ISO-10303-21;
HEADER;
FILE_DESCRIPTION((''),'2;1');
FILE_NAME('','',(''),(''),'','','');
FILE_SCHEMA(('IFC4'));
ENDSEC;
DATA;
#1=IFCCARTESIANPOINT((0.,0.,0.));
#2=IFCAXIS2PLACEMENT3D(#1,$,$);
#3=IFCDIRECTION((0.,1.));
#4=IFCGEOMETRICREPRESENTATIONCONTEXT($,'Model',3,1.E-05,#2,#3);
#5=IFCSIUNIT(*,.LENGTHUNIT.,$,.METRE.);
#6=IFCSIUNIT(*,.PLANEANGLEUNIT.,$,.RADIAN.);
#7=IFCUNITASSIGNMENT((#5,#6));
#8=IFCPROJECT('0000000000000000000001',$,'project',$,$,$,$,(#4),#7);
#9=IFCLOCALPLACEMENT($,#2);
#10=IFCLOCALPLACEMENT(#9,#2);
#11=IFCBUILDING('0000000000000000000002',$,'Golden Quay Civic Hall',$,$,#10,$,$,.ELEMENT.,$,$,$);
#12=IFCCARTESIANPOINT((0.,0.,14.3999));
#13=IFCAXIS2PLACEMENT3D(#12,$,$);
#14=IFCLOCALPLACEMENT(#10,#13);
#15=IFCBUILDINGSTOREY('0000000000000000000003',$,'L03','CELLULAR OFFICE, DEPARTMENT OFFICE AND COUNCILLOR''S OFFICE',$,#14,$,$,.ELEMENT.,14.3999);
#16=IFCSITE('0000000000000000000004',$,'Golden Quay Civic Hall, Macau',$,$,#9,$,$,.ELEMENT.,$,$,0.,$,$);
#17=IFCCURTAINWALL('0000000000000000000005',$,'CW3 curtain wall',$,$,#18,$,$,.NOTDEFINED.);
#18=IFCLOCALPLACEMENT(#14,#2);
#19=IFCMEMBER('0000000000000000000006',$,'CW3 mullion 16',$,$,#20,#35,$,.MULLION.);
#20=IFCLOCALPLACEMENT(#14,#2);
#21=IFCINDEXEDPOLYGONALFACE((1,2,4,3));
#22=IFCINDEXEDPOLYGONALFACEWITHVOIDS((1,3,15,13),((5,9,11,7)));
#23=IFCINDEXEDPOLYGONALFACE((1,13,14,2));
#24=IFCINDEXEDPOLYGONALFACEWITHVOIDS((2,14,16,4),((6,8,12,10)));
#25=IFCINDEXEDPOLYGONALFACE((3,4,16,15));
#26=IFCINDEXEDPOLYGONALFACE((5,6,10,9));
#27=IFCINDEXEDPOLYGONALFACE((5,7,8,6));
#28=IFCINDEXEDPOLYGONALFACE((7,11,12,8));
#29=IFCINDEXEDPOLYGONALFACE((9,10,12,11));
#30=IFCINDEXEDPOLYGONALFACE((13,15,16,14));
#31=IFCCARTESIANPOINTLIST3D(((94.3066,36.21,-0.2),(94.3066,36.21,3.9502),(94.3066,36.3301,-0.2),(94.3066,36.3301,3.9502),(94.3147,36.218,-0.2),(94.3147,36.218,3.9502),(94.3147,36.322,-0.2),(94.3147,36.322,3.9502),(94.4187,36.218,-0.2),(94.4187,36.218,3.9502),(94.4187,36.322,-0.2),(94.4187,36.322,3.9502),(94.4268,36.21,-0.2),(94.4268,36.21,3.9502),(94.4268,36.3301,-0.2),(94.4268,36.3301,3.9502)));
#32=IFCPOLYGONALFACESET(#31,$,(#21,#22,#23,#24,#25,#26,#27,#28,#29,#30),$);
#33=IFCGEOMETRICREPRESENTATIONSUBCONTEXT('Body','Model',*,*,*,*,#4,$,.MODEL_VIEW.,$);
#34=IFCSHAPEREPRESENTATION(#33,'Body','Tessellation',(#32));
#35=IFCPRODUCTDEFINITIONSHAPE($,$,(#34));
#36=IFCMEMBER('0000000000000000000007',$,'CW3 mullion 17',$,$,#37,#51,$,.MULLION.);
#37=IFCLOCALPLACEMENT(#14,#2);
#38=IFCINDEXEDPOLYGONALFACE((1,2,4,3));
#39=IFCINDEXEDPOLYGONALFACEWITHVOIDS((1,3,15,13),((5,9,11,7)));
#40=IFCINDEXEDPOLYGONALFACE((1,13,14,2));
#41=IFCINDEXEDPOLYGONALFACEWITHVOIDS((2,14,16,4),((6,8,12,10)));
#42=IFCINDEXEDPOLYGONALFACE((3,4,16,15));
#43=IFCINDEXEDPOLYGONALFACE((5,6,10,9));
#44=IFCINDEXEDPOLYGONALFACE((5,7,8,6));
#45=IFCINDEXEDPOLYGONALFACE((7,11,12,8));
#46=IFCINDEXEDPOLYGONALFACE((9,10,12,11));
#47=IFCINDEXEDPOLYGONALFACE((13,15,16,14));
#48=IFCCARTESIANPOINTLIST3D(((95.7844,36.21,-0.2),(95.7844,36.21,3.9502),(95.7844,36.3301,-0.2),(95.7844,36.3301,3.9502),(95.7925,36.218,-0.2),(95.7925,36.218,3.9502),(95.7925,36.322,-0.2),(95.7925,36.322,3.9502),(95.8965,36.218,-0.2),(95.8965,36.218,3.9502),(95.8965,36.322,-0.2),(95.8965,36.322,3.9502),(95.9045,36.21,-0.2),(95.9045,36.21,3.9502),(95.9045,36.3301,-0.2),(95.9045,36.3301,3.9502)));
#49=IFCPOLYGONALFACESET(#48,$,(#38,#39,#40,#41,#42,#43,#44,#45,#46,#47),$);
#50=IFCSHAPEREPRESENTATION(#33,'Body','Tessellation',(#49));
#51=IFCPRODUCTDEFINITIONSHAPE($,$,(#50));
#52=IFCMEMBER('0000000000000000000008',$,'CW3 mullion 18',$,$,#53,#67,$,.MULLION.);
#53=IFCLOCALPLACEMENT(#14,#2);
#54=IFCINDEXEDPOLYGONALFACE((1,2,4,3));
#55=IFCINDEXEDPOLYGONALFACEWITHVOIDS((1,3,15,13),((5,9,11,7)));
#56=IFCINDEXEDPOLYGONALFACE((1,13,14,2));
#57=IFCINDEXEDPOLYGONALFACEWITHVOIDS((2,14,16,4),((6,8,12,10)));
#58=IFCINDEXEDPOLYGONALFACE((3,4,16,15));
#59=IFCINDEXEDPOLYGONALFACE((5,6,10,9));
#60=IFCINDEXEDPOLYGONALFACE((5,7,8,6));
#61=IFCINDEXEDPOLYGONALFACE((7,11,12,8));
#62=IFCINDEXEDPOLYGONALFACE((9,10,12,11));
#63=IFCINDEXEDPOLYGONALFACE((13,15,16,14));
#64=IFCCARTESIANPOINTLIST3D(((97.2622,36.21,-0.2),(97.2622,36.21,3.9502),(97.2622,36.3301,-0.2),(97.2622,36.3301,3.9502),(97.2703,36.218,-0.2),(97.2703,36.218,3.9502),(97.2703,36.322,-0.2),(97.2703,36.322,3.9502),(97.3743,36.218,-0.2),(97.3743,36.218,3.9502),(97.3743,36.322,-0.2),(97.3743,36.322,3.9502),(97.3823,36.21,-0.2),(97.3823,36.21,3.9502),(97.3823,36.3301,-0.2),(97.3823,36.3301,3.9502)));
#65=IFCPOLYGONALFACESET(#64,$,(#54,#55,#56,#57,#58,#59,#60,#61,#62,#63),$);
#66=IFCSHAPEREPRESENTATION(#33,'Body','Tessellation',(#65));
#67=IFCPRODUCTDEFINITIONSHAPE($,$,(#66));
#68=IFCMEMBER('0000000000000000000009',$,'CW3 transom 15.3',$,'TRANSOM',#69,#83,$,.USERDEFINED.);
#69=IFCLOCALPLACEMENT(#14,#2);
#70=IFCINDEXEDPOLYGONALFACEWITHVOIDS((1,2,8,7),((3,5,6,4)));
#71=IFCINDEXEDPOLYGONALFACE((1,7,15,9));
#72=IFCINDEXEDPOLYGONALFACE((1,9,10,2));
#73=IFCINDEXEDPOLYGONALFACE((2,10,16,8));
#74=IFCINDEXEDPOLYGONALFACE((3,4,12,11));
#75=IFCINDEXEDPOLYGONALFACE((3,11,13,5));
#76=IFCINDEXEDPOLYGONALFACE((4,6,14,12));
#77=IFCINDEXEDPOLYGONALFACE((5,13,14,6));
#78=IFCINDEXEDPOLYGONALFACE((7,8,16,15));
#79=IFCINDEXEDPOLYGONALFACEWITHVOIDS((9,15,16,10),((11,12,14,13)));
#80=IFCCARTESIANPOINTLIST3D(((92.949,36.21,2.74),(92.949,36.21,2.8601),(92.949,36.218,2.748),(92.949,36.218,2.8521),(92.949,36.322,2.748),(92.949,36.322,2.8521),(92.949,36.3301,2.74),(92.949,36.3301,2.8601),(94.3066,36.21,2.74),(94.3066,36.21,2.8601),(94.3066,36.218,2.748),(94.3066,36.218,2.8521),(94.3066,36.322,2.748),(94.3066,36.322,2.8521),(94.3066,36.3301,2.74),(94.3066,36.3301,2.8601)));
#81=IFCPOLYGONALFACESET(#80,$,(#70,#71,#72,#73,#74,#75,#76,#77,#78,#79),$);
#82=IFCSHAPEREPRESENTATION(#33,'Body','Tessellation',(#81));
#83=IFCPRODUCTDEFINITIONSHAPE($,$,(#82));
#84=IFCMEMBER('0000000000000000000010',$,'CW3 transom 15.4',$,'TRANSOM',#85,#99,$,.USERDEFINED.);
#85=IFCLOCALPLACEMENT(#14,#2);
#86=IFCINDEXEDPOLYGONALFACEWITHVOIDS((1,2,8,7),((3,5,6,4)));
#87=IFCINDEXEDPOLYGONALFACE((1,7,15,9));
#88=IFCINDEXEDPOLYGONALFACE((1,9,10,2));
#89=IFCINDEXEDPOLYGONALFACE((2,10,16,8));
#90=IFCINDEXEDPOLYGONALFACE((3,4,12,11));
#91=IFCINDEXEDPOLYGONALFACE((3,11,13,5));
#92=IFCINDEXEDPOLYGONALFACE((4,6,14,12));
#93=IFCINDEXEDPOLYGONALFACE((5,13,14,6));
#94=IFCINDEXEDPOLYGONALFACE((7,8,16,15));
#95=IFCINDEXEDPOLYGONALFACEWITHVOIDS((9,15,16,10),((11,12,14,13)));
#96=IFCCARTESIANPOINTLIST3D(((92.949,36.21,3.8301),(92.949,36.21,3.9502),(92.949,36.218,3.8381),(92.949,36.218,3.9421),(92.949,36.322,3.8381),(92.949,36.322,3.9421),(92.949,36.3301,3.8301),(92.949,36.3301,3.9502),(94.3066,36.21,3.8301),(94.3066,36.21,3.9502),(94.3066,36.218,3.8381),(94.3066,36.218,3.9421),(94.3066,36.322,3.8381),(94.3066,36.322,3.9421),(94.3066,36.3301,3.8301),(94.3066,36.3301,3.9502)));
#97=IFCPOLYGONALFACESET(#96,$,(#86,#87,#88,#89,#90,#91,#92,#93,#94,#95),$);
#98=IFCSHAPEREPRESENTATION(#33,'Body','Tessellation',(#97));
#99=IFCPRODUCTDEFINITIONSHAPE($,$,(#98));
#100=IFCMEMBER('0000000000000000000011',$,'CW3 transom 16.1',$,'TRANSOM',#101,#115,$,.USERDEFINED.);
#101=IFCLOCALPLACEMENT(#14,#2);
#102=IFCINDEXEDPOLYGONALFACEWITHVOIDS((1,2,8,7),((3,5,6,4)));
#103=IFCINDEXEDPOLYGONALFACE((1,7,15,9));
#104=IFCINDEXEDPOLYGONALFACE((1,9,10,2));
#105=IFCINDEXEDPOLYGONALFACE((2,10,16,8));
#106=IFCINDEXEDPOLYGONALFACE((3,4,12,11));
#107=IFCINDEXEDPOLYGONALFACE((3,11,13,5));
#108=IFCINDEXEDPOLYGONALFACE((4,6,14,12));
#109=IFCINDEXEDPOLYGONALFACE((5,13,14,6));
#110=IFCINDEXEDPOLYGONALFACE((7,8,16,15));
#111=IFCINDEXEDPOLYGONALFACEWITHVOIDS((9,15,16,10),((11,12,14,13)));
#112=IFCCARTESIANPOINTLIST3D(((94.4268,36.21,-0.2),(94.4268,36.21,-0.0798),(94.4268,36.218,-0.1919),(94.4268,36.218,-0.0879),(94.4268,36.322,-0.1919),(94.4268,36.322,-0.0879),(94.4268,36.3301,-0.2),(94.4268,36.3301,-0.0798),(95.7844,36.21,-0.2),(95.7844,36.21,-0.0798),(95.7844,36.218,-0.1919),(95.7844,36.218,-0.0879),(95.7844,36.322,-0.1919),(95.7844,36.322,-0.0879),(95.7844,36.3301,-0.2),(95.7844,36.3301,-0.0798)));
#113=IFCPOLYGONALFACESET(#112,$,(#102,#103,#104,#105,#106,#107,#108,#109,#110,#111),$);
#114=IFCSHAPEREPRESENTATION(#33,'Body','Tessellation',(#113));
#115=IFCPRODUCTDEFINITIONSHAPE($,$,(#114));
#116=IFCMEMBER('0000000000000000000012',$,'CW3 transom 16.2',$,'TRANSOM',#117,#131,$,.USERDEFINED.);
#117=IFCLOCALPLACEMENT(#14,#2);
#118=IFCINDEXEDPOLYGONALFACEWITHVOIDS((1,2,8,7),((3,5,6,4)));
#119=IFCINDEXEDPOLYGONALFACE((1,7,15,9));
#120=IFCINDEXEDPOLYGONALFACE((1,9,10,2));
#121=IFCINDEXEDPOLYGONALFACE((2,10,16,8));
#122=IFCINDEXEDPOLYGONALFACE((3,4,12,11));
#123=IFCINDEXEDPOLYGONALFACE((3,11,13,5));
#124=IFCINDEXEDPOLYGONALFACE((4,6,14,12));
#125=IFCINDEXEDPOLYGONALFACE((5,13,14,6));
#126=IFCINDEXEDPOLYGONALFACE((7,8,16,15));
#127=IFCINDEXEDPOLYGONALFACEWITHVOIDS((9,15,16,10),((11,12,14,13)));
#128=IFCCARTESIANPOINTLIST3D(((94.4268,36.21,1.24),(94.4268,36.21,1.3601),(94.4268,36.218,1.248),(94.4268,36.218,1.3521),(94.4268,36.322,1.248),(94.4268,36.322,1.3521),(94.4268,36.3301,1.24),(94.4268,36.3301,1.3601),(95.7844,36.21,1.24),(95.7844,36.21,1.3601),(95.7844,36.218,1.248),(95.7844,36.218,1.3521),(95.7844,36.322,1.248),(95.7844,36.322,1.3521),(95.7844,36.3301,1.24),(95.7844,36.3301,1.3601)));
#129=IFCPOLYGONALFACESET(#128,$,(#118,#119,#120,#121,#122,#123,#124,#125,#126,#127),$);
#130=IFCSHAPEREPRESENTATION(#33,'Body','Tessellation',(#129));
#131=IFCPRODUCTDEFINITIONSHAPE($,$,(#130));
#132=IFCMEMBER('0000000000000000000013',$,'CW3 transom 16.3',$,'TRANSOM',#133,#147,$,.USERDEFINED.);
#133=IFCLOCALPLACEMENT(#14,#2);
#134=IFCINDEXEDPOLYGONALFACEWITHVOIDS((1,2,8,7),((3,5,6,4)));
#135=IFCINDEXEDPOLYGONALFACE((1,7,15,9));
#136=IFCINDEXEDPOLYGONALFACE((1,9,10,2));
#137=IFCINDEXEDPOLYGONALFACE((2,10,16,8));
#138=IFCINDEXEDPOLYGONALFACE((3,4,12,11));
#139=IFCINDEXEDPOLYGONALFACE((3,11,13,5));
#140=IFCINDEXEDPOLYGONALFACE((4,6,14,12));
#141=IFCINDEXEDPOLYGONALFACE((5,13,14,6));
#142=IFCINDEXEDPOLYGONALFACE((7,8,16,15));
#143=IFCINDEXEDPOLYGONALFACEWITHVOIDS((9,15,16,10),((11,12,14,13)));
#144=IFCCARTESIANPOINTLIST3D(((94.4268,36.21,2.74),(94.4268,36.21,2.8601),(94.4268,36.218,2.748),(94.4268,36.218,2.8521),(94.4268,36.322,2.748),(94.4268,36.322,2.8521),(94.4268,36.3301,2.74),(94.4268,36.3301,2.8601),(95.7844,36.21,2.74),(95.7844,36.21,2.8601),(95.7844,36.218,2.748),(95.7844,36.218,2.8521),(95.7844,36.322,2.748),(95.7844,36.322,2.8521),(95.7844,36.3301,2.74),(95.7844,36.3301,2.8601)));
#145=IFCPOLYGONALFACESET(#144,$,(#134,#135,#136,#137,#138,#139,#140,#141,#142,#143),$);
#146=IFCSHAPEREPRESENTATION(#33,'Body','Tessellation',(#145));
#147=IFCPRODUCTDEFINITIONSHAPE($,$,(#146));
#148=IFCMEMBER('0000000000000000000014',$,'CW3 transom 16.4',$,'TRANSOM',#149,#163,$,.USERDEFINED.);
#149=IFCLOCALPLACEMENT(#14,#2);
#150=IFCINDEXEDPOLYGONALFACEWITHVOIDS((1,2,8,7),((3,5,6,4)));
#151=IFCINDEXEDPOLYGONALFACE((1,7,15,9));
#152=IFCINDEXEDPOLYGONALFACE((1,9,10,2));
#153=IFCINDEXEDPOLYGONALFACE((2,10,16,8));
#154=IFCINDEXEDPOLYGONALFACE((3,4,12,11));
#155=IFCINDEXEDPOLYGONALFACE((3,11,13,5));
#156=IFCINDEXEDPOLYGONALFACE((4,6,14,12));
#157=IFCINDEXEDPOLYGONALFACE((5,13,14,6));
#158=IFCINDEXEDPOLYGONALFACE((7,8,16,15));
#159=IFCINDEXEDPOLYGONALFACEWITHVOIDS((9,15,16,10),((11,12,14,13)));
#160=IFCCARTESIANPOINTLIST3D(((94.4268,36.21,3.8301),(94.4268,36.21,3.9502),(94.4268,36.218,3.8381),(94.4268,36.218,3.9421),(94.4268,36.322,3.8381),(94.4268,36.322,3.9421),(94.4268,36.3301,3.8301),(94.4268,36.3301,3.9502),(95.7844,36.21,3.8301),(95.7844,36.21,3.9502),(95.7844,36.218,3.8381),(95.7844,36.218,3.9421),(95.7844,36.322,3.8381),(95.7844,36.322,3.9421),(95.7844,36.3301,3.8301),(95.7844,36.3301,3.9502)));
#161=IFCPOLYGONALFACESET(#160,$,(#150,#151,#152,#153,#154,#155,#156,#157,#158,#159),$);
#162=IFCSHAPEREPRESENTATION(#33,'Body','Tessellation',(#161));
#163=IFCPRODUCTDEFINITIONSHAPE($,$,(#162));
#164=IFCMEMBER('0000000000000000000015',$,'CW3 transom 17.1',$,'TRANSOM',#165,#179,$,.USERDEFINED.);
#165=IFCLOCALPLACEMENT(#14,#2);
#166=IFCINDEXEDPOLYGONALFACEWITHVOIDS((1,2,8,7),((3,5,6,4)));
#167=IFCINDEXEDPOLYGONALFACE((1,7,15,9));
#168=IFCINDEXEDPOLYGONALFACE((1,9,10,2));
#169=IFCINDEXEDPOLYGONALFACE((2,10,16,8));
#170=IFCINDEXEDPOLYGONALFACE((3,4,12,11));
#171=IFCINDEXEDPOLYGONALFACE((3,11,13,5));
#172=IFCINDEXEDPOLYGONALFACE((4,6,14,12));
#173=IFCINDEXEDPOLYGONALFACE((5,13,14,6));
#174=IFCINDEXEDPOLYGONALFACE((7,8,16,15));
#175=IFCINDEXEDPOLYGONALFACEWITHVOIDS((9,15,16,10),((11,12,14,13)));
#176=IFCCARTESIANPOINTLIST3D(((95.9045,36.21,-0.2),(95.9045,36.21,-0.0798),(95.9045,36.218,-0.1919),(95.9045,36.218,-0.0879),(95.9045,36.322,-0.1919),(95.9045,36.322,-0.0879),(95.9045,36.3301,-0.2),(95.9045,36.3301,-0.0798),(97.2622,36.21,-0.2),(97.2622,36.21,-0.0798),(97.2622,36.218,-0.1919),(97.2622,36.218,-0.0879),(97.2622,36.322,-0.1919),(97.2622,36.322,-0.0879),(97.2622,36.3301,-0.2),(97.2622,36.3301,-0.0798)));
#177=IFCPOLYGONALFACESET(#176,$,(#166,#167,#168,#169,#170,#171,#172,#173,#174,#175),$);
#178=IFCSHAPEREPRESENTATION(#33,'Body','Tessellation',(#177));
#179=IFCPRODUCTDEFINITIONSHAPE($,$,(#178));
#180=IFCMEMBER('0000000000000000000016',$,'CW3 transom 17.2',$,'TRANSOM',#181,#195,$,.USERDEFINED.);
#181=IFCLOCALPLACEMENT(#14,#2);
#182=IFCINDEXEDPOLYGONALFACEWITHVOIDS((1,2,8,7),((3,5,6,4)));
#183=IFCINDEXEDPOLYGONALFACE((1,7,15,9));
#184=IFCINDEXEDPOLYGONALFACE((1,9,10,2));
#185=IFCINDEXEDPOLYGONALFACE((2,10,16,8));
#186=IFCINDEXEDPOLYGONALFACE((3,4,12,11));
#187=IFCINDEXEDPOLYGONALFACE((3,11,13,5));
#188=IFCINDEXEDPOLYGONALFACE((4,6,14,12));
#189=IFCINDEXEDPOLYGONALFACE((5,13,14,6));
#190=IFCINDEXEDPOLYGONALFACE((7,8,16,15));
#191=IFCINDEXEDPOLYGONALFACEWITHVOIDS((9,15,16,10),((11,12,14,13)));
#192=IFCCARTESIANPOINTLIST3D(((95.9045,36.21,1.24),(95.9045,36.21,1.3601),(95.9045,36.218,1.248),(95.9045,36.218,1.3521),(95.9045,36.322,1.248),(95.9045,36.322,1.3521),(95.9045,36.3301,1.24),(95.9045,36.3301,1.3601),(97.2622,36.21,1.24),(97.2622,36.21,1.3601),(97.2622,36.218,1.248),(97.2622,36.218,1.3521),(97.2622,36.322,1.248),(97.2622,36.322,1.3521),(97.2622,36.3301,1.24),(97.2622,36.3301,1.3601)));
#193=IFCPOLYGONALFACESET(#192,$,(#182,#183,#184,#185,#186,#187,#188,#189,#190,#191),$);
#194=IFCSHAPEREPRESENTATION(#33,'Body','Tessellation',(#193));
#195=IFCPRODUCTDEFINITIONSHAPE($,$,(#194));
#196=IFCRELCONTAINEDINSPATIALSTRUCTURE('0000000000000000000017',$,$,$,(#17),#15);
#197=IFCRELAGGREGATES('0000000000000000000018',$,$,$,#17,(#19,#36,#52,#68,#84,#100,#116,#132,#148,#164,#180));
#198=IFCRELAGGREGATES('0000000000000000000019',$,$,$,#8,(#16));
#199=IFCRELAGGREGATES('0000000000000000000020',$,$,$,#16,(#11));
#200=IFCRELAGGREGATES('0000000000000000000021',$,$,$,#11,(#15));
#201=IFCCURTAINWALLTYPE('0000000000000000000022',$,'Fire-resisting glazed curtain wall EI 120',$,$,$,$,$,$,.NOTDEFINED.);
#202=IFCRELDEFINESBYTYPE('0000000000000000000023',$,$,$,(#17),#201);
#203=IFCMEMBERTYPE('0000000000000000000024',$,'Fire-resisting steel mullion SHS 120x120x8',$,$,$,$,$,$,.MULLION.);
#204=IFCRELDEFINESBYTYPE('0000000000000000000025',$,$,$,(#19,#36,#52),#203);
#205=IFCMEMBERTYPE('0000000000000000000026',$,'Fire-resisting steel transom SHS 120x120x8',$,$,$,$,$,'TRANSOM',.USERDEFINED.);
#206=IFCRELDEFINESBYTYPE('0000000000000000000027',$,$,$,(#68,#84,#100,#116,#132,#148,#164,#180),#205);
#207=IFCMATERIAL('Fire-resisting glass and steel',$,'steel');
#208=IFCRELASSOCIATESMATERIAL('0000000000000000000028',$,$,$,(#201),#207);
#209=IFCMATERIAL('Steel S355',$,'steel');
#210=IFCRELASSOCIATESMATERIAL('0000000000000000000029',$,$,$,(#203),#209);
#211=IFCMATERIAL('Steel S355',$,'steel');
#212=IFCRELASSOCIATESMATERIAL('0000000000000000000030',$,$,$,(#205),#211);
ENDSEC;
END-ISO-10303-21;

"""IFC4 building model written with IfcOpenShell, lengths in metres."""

from ifc_helpers import new_model, si_unit, direction, frame, origin, origin_2d, place, context, subcontext, project, spatial, hollow_rectangle, extrude, material, material_profile, profile_set, type_object, element, aggregate, save


model = new_model("IFC4")

# Units and contexts
model_context = context("Model", 3, precision=1e-05, world=origin(), true_north=direction((0.0, 1.0)))
body_context = subcontext(model_context, "Body", "Model", "MODEL_VIEW")
ifc_project = project(units=[si_unit("LENGTHUNIT", "METRE"), si_unit("PLANEANGLEUNIT", "RADIAN")], contexts=[model_context])

# Site, building, storey
site_placement = place(None, origin())
site = spatial("IfcSite", under=ifc_project, at=site_placement, Name="Golden Quay Civic Hall, Macau", CompositionType="ELEMENT", RefElevation=0.0)
building_placement = place(site_placement, origin())
building = spatial("IfcBuilding", under=site, at=building_placement, Name="Golden Quay Civic Hall", CompositionType="ELEMENT")
storey_placement = place(building_placement, frame((0.0, 0.0, 14.3999)))
storey = spatial("IfcBuildingStorey", under=building, at=storey_placement, Name="L03", Description="CELLULAR OFFICE, DEPARTMENT OFFICE AND COUNCILLOR'S OFFICE", CompositionType="ELEMENT", Elevation=14.3999)

# Curtain wall, members
ifc_material_1 = material(Name="Fire-resisting glass and steel", Category="steel")
curtain_wall_type = type_object("IfcCurtainWallType", Name="Fire-resisting glazed curtain wall EI 120", PredefinedType="NOTDEFINED", material=ifc_material_1)
curtain_wall_placement = place(storey_placement, origin())
curtain_wall = element("IfcCurtainWall", 1, at=curtain_wall_placement, inside=storey, type_object=curtain_wall_type, Name="CW3 curtain wall", PredefinedType="NOTDEFINED")
ifc_material_2 = material(Name="Steel S355", Category="steel")
ifc_material_profile_1 = material_profile(ifc_material_2, hollow_rectangle(XDim=0.1201, YDim=0.1201, WallThickness=0.0081, at=origin_2d()), Name="SHS 120x120x8")
ifc_profile_set_1 = profile_set([ifc_material_profile_1], Name="Steel S355")
member_type_1 = type_object("IfcMemberType", Name="Fire-resisting steel mullion SHS 120x120x8", PredefinedType="MULLION", material=ifc_profile_set_1)
member_1_placement = place(storey_placement, frame((94.3667, 36.27, -0.2), z_axis=(0.0, 0.0, 1.0), x_axis=(0.0, 1.0, 0.0)))
member_1 = element("IfcMember", 2, at=member_1_placement, type_object=member_type_1, Name="CW3 mullion 16", PredefinedType="MULLION", context=body_context, shape_type="SweptSolid", body=[
    extrude(hollow_rectangle(XDim=0.1201, YDim=0.1201, WallThickness=0.0081, at=origin_2d()), origin(), (0.0, 0.0, 1.0), 4.1501),
])
member_2_placement = place(storey_placement, frame((95.8445, 36.27, -0.2), z_axis=(0.0, 0.0, 1.0), x_axis=(0.0, 1.0, 0.0)))
member_2 = element("IfcMember", 3, at=member_2_placement, type_object=member_type_1, Name="CW3 mullion 17", PredefinedType="MULLION", context=body_context, shape_type="SweptSolid", body=[
    extrude(hollow_rectangle(XDim=0.1201, YDim=0.1201, WallThickness=0.0081, at=origin_2d()), origin(), (0.0, 0.0, 1.0), 4.1501),
])
member_3_placement = place(storey_placement, frame((97.3223, 36.27, -0.2), z_axis=(0.0, 0.0, 1.0), x_axis=(0.0, 1.0, 0.0)))
member_3 = element("IfcMember", 4, at=member_3_placement, type_object=member_type_1, Name="CW3 mullion 18", PredefinedType="MULLION", context=body_context, shape_type="SweptSolid", body=[
    extrude(hollow_rectangle(XDim=0.1201, YDim=0.1201, WallThickness=0.0081, at=origin_2d()), origin(), (0.0, 0.0, 1.0), 4.1501),
])
ifc_material_3 = material(Name="Steel S355", Category="steel")
ifc_material_profile_2 = material_profile(ifc_material_3, hollow_rectangle(XDim=0.1201, YDim=0.1201, WallThickness=0.0081, at=origin_2d()), Name="SHS 120x120x8")
ifc_profile_set_2 = profile_set([ifc_material_profile_2], Name="Steel S355")
member_type_2 = type_object("IfcMemberType", Name="Fire-resisting steel transom SHS 120x120x8", ElementType="TRANSOM", PredefinedType="USERDEFINED", material=ifc_profile_set_2)
member_4_placement = place(storey_placement, frame((92.949, 36.27, 2.8), z_axis=(1.0, 0.0, 0.0), x_axis=(0.0, 1.0, 0.0)))
member_4 = element("IfcMember", 5, at=member_4_placement, type_object=member_type_2, Name="CW3 transom 15.3", ObjectType="TRANSOM", PredefinedType="USERDEFINED", context=body_context, shape_type="SweptSolid", body=[
    extrude(hollow_rectangle(XDim=0.1201, YDim=0.1201, WallThickness=0.0081, at=origin_2d()), origin(), (0.0, 0.0, 1.0), 1.3577),
])
member_5_placement = place(storey_placement, frame((92.949, 36.27, 3.8901), z_axis=(1.0, 0.0, 0.0), x_axis=(0.0, 1.0, 0.0)))
member_5 = element("IfcMember", 6, at=member_5_placement, type_object=member_type_2, Name="CW3 transom 15.4", ObjectType="TRANSOM", PredefinedType="USERDEFINED", context=body_context, shape_type="SweptSolid", body=[
    extrude(hollow_rectangle(XDim=0.1201, YDim=0.1201, WallThickness=0.0081, at=origin_2d()), origin(), (0.0, 0.0, 1.0), 1.3577),
])
member_6_placement = place(storey_placement, frame((94.4268, 36.27, -0.1399), z_axis=(1.0, 0.0, 0.0), x_axis=(0.0, 1.0, 0.0)))
member_6 = element("IfcMember", 7, at=member_6_placement, type_object=member_type_2, Name="CW3 transom 16.1", ObjectType="TRANSOM", PredefinedType="USERDEFINED", context=body_context, shape_type="SweptSolid", body=[
    extrude(hollow_rectangle(XDim=0.1201, YDim=0.1201, WallThickness=0.0081, at=origin_2d()), origin(), (0.0, 0.0, 1.0), 1.3577),
])
member_7_placement = place(storey_placement, frame((94.4268, 36.27, 1.3), z_axis=(1.0, 0.0, 0.0), x_axis=(0.0, 1.0, 0.0)))
member_7 = element("IfcMember", 8, at=member_7_placement, type_object=member_type_2, Name="CW3 transom 16.2", ObjectType="TRANSOM", PredefinedType="USERDEFINED", context=body_context, shape_type="SweptSolid", body=[
    extrude(hollow_rectangle(XDim=0.1201, YDim=0.1201, WallThickness=0.0081, at=origin_2d()), origin(), (0.0, 0.0, 1.0), 1.3577),
])
member_8_placement = place(storey_placement, frame((94.4268, 36.27, 2.8), z_axis=(1.0, 0.0, 0.0), x_axis=(0.0, 1.0, 0.0)))
member_8 = element("IfcMember", 9, at=member_8_placement, type_object=member_type_2, Name="CW3 transom 16.3", ObjectType="TRANSOM", PredefinedType="USERDEFINED", context=body_context, shape_type="SweptSolid", body=[
    extrude(hollow_rectangle(XDim=0.1201, YDim=0.1201, WallThickness=0.0081, at=origin_2d()), origin(), (0.0, 0.0, 1.0), 1.3577),
])
member_9_placement = place(storey_placement, frame((94.4268, 36.27, 3.8901), z_axis=(1.0, 0.0, 0.0), x_axis=(0.0, 1.0, 0.0)))
member_9 = element("IfcMember", 10, at=member_9_placement, type_object=member_type_2, Name="CW3 transom 16.4", ObjectType="TRANSOM", PredefinedType="USERDEFINED", context=body_context, shape_type="SweptSolid", body=[
    extrude(hollow_rectangle(XDim=0.1201, YDim=0.1201, WallThickness=0.0081, at=origin_2d()), origin(), (0.0, 0.0, 1.0), 1.3577),
])
member_10_placement = place(storey_placement, frame((95.9045, 36.27, -0.1399), z_axis=(1.0, 0.0, 0.0), x_axis=(0.0, 1.0, 0.0)))
member_10 = element("IfcMember", 11, at=member_10_placement, type_object=member_type_2, Name="CW3 transom 17.1", ObjectType="TRANSOM", PredefinedType="USERDEFINED", context=body_context, shape_type="SweptSolid", body=[
    extrude(hollow_rectangle(XDim=0.1201, YDim=0.1201, WallThickness=0.0081, at=origin_2d()), origin(), (0.0, 0.0, 1.0), 1.3577),
])
member_11_placement = place(storey_placement, frame((95.9045, 36.27, 1.3), z_axis=(1.0, 0.0, 0.0), x_axis=(0.0, 1.0, 0.0)))
member_11 = element("IfcMember", 12, at=member_11_placement, type_object=member_type_2, Name="CW3 transom 17.2", ObjectType="TRANSOM", PredefinedType="USERDEFINED", context=body_context, shape_type="SweptSolid", body=[
    extrude(hollow_rectangle(XDim=0.1201, YDim=0.1201, WallThickness=0.0081, at=origin_2d()), origin(), (0.0, 0.0, 1.0), 1.3577),
])
aggregate(curtain_wall, [member_1, member_2, member_3, member_4, member_5, member_6, member_7, member_8, member_9, member_10, member_11])

save(model, "model.ifc")
